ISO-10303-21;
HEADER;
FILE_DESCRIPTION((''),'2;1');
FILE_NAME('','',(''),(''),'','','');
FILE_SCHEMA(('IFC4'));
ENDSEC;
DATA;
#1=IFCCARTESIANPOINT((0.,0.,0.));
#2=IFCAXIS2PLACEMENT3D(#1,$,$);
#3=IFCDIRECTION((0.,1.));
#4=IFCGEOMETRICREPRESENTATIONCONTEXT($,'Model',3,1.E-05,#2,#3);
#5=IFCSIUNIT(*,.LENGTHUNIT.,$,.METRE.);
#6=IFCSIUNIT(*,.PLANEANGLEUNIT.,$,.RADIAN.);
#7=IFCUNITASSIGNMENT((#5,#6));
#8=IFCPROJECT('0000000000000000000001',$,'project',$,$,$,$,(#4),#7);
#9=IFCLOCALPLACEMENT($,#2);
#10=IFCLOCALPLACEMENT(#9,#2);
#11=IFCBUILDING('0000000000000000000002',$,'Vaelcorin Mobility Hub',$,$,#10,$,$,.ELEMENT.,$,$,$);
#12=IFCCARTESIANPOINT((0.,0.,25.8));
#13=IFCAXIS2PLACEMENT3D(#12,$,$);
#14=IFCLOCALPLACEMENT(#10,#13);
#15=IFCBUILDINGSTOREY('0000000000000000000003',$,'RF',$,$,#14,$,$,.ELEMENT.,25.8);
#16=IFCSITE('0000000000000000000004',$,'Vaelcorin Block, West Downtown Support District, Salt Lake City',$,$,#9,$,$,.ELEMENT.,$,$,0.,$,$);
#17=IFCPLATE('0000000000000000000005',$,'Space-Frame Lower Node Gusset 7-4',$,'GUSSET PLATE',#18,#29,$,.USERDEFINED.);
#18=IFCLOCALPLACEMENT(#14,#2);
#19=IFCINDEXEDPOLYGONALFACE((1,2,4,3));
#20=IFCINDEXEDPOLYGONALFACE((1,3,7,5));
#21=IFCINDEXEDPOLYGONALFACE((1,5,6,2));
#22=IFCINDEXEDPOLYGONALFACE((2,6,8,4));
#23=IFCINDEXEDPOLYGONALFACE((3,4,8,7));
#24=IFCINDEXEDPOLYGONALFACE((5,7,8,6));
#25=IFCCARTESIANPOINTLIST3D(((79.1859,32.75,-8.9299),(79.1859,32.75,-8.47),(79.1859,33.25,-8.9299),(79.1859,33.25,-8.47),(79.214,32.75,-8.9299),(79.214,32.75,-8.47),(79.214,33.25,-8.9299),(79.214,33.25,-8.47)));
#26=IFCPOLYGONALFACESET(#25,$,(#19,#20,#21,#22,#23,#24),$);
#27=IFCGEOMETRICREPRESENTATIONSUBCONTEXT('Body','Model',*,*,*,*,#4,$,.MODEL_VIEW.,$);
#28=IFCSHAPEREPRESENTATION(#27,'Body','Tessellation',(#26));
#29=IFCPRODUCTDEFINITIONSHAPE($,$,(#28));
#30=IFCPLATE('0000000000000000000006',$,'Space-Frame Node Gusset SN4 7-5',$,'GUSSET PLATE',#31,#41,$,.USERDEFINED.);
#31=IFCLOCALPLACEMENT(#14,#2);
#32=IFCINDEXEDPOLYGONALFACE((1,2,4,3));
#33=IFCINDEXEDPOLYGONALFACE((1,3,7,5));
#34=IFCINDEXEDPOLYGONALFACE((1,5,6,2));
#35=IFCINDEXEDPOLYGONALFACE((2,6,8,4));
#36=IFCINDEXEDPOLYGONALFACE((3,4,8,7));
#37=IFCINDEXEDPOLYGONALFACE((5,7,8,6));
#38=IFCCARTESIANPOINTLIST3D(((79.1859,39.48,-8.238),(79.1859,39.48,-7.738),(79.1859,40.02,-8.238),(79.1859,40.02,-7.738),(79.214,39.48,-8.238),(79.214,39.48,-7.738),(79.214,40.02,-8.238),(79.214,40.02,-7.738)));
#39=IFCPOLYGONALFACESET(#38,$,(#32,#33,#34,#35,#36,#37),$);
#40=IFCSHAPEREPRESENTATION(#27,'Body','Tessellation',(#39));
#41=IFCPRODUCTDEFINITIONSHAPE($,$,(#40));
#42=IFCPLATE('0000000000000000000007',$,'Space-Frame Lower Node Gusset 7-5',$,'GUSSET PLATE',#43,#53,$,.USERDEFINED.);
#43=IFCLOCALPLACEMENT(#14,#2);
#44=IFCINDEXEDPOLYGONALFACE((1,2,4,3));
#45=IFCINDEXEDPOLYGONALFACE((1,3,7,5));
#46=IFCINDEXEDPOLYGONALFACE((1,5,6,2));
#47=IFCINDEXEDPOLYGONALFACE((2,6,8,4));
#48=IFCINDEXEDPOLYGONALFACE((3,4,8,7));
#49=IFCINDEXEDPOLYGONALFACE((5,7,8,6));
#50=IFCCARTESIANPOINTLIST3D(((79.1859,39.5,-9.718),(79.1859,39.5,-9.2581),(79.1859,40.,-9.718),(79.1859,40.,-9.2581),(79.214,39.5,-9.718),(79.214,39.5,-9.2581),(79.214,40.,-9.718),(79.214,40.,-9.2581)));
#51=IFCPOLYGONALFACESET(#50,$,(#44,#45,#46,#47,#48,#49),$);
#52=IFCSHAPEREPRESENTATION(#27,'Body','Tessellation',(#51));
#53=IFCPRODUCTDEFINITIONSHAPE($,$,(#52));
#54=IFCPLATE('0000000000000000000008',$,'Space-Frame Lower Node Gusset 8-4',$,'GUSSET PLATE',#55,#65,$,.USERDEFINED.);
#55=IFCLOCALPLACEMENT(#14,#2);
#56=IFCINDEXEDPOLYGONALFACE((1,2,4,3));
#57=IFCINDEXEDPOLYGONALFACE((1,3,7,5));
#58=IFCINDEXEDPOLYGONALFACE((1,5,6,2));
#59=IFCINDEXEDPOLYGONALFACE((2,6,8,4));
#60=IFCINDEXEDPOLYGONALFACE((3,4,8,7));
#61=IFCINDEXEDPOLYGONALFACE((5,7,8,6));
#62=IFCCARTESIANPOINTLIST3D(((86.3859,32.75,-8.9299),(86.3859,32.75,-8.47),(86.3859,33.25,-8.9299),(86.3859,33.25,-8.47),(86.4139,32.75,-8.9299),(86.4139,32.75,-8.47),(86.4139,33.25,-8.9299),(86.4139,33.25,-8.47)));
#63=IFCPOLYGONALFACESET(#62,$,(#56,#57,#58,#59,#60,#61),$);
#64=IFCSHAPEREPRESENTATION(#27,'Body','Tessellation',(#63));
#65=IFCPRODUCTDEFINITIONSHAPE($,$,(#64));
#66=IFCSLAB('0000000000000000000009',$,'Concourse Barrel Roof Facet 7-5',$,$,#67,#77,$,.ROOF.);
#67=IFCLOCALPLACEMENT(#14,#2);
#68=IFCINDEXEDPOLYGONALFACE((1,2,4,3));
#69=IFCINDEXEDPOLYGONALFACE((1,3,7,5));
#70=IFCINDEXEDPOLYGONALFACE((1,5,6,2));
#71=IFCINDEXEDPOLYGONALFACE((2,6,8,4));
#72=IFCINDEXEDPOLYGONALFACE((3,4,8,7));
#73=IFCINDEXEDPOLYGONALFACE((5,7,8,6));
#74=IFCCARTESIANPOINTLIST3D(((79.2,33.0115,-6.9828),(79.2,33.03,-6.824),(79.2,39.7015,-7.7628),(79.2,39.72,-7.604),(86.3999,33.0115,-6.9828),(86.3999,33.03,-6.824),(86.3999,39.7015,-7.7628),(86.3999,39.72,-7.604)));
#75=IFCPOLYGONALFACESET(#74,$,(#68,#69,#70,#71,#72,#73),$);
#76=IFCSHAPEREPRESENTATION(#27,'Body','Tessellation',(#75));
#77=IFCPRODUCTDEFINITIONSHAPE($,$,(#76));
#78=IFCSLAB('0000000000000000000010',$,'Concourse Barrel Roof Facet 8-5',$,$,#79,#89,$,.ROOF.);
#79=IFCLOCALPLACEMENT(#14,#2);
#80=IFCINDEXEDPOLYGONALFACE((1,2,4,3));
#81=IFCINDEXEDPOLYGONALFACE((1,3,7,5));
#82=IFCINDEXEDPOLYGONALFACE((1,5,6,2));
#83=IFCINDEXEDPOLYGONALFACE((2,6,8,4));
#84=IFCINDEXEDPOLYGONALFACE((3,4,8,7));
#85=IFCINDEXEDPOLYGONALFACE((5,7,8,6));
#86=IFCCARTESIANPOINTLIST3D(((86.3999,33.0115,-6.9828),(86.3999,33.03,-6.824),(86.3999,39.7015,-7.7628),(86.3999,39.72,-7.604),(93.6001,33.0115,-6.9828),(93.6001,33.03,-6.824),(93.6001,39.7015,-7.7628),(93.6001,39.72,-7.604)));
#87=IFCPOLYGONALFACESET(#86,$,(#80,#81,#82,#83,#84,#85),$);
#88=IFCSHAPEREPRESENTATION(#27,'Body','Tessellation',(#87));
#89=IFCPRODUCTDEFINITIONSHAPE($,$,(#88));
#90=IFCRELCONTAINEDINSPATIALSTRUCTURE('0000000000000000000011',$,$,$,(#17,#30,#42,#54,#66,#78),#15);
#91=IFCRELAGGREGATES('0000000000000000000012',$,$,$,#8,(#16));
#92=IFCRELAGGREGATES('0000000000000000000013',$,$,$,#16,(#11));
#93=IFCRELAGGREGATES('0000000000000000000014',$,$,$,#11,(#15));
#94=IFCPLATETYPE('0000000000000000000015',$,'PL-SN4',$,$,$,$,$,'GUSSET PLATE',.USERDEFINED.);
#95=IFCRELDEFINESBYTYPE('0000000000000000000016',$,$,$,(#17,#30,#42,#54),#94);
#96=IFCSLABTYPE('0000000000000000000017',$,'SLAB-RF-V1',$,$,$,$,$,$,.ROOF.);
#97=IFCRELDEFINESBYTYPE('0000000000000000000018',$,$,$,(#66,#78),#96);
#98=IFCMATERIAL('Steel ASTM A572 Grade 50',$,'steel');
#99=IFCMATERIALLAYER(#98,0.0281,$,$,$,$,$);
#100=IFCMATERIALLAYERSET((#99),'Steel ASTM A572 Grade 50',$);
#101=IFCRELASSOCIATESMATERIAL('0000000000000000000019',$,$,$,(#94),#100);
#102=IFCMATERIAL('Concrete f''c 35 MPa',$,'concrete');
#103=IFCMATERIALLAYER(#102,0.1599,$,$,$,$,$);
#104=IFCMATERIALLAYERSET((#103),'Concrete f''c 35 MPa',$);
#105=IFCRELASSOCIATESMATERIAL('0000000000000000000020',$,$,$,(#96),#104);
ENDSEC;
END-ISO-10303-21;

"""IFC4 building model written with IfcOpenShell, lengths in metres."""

from ifc_helpers import new_model, si_unit, direction, frame, origin, origin_2d, place, context, subcontext, project, spatial, polyline, rectangle, outline, extrude, material, layer, layer_set, type_object, element, save


model = new_model("IFC4")

# Units and contexts
model_context = context("Model", 3, precision=1e-05, world=origin(), true_north=direction((0.0, 1.0)))
body_context = subcontext(model_context, "Body", "Model", "MODEL_VIEW")
ifc_project = project(units=[si_unit("LENGTHUNIT", "METRE"), si_unit("PLANEANGLEUNIT", "RADIAN")], contexts=[model_context])

# Site, building, storey
site_placement = place(None, origin())
site = spatial("IfcSite", under=ifc_project, at=site_placement, Name="Vaelcorin Block, West Downtown Support District, Salt Lake City", CompositionType="ELEMENT", RefElevation=0.0)
building_placement = place(site_placement, origin())
building = spatial("IfcBuilding", under=site, at=building_placement, Name="Vaelcorin Mobility Hub", CompositionType="ELEMENT")
storey_placement = place(building_placement, frame((0.0, 0.0, 25.8)))
storey = spatial("IfcBuildingStorey", under=building, at=storey_placement, Name="RF", CompositionType="ELEMENT", Elevation=25.8)

# Plates
ifc_material_1 = material(Name="Steel ASTM A572 Grade 50", Category="steel")
ifc_layer_1 = layer(ifc_material_1, 0.0281)
ifc_layer_set_1 = layer_set([ifc_layer_1], Name="Steel ASTM A572 Grade 50")
plate_type_1 = type_object("IfcPlateType", Name="PL-SN4", ElementType="GUSSET PLATE", PredefinedType="USERDEFINED", material=ifc_layer_set_1)
plate_1_placement = place(storey_placement, frame((79.2, 33.0, -8.9299), z_axis=(0.0, 0.0, 1.0), x_axis=(1.0, 0.0, 0.0)))
element("IfcPlate", 1, at=plate_1_placement, inside=storey, type_object=plate_type_1, Name="Space-Frame Lower Node Gusset 7-4", ObjectType="GUSSET PLATE", PredefinedType="USERDEFINED", context=body_context, shape_type="SweptSolid", body=[
    extrude(rectangle(XDim=0.0281, YDim=0.5, at=origin_2d()), origin(), (0.0, 0.0, 1.0), 0.46),
])
plate_2_placement = place(storey_placement, frame((79.2, 39.75, -8.238), z_axis=(0.0, 0.0, 1.0), x_axis=(1.0, 0.0, 0.0)))
element("IfcPlate", 2, at=plate_2_placement, inside=storey, type_object=plate_type_1, Name="Space-Frame Node Gusset SN4 7-5", ObjectType="GUSSET PLATE", PredefinedType="USERDEFINED", context=body_context, shape_type="SweptSolid", body=[
    extrude(rectangle(XDim=0.0281, YDim=0.54, at=origin_2d()), origin(), (0.0, 0.0, 1.0), 0.5),
])
for number, where, z_axis, x_axis, name in (
    (3, (79.2, 39.75, -9.718), (0.0, 0.0, 1.0), (1.0, 0.0, 0.0), "Space-Frame Lower Node Gusset 7-5"),
    (4, (86.3999, 33.0, -8.9299), (0.0, 0.0, 1.0), (1.0, 0.0, 0.0), "Space-Frame Lower Node Gusset 8-4"),
):
    element("IfcPlate", number, at=place(storey_placement, frame(where, z_axis=z_axis, x_axis=x_axis)), inside=storey, type_object=plate_type_1, Name=name, ObjectType="GUSSET PLATE", PredefinedType="USERDEFINED", context=body_context, shape_type="SweptSolid", body=[
        extrude(rectangle(XDim=0.0281, YDim=0.5, at=origin_2d()), origin(), (0.0, 0.0, 1.0), 0.46),
    ])

# Slabs
ifc_material_2 = material(Name="Concrete f'c 35 MPa", Category="concrete")
ifc_layer_2 = layer(ifc_material_2, 0.1599)
ifc_layer_set_2 = layer_set([ifc_layer_2], Name="Concrete f'c 35 MPa")
slab_type = type_object("IfcSlabType", Name="SLAB-RF-V1", PredefinedType="ROOF", material=ifc_layer_set_2)
slab_1_placement = place(storey_placement, frame((79.2, 33.03, -6.824), z_axis=(0.0, 0.115813, 0.993271), x_axis=(1.0, 0.0, 0.0)))
element("IfcSlab", 5, at=slab_1_placement, inside=storey, type_object=slab_type, Name="Concourse Barrel Roof Facet 7-5", PredefinedType="ROOF", context=body_context, shape_type="SweptSolid", body=[
    extrude(outline(polyline([(0.0, 0.0), (7.2, 0.0), (7.2, 6.7353), (0.0, 6.7353), (0.0, 0.0)])), origin(), (0.0, 0.0, -1.0), 0.1599),
])
slab_2_placement = place(storey_placement, frame((86.3999, 33.03, -6.824), z_axis=(0.0, 0.115813, 0.993271), x_axis=(1.0, 0.0, 0.0)))
element("IfcSlab", 6, at=slab_2_placement, inside=storey, type_object=slab_type, Name="Concourse Barrel Roof Facet 8-5", PredefinedType="ROOF", context=body_context, shape_type="SweptSolid", body=[
    extrude(outline(polyline([(0.0, 0.0), (7.2002, 0.0), (7.2002, 6.7353), (0.0, 6.7353), (0.0, 0.0)])), origin(), (0.0, 0.0, -1.0), 0.1599),
])

save(model, "model.ifc")
